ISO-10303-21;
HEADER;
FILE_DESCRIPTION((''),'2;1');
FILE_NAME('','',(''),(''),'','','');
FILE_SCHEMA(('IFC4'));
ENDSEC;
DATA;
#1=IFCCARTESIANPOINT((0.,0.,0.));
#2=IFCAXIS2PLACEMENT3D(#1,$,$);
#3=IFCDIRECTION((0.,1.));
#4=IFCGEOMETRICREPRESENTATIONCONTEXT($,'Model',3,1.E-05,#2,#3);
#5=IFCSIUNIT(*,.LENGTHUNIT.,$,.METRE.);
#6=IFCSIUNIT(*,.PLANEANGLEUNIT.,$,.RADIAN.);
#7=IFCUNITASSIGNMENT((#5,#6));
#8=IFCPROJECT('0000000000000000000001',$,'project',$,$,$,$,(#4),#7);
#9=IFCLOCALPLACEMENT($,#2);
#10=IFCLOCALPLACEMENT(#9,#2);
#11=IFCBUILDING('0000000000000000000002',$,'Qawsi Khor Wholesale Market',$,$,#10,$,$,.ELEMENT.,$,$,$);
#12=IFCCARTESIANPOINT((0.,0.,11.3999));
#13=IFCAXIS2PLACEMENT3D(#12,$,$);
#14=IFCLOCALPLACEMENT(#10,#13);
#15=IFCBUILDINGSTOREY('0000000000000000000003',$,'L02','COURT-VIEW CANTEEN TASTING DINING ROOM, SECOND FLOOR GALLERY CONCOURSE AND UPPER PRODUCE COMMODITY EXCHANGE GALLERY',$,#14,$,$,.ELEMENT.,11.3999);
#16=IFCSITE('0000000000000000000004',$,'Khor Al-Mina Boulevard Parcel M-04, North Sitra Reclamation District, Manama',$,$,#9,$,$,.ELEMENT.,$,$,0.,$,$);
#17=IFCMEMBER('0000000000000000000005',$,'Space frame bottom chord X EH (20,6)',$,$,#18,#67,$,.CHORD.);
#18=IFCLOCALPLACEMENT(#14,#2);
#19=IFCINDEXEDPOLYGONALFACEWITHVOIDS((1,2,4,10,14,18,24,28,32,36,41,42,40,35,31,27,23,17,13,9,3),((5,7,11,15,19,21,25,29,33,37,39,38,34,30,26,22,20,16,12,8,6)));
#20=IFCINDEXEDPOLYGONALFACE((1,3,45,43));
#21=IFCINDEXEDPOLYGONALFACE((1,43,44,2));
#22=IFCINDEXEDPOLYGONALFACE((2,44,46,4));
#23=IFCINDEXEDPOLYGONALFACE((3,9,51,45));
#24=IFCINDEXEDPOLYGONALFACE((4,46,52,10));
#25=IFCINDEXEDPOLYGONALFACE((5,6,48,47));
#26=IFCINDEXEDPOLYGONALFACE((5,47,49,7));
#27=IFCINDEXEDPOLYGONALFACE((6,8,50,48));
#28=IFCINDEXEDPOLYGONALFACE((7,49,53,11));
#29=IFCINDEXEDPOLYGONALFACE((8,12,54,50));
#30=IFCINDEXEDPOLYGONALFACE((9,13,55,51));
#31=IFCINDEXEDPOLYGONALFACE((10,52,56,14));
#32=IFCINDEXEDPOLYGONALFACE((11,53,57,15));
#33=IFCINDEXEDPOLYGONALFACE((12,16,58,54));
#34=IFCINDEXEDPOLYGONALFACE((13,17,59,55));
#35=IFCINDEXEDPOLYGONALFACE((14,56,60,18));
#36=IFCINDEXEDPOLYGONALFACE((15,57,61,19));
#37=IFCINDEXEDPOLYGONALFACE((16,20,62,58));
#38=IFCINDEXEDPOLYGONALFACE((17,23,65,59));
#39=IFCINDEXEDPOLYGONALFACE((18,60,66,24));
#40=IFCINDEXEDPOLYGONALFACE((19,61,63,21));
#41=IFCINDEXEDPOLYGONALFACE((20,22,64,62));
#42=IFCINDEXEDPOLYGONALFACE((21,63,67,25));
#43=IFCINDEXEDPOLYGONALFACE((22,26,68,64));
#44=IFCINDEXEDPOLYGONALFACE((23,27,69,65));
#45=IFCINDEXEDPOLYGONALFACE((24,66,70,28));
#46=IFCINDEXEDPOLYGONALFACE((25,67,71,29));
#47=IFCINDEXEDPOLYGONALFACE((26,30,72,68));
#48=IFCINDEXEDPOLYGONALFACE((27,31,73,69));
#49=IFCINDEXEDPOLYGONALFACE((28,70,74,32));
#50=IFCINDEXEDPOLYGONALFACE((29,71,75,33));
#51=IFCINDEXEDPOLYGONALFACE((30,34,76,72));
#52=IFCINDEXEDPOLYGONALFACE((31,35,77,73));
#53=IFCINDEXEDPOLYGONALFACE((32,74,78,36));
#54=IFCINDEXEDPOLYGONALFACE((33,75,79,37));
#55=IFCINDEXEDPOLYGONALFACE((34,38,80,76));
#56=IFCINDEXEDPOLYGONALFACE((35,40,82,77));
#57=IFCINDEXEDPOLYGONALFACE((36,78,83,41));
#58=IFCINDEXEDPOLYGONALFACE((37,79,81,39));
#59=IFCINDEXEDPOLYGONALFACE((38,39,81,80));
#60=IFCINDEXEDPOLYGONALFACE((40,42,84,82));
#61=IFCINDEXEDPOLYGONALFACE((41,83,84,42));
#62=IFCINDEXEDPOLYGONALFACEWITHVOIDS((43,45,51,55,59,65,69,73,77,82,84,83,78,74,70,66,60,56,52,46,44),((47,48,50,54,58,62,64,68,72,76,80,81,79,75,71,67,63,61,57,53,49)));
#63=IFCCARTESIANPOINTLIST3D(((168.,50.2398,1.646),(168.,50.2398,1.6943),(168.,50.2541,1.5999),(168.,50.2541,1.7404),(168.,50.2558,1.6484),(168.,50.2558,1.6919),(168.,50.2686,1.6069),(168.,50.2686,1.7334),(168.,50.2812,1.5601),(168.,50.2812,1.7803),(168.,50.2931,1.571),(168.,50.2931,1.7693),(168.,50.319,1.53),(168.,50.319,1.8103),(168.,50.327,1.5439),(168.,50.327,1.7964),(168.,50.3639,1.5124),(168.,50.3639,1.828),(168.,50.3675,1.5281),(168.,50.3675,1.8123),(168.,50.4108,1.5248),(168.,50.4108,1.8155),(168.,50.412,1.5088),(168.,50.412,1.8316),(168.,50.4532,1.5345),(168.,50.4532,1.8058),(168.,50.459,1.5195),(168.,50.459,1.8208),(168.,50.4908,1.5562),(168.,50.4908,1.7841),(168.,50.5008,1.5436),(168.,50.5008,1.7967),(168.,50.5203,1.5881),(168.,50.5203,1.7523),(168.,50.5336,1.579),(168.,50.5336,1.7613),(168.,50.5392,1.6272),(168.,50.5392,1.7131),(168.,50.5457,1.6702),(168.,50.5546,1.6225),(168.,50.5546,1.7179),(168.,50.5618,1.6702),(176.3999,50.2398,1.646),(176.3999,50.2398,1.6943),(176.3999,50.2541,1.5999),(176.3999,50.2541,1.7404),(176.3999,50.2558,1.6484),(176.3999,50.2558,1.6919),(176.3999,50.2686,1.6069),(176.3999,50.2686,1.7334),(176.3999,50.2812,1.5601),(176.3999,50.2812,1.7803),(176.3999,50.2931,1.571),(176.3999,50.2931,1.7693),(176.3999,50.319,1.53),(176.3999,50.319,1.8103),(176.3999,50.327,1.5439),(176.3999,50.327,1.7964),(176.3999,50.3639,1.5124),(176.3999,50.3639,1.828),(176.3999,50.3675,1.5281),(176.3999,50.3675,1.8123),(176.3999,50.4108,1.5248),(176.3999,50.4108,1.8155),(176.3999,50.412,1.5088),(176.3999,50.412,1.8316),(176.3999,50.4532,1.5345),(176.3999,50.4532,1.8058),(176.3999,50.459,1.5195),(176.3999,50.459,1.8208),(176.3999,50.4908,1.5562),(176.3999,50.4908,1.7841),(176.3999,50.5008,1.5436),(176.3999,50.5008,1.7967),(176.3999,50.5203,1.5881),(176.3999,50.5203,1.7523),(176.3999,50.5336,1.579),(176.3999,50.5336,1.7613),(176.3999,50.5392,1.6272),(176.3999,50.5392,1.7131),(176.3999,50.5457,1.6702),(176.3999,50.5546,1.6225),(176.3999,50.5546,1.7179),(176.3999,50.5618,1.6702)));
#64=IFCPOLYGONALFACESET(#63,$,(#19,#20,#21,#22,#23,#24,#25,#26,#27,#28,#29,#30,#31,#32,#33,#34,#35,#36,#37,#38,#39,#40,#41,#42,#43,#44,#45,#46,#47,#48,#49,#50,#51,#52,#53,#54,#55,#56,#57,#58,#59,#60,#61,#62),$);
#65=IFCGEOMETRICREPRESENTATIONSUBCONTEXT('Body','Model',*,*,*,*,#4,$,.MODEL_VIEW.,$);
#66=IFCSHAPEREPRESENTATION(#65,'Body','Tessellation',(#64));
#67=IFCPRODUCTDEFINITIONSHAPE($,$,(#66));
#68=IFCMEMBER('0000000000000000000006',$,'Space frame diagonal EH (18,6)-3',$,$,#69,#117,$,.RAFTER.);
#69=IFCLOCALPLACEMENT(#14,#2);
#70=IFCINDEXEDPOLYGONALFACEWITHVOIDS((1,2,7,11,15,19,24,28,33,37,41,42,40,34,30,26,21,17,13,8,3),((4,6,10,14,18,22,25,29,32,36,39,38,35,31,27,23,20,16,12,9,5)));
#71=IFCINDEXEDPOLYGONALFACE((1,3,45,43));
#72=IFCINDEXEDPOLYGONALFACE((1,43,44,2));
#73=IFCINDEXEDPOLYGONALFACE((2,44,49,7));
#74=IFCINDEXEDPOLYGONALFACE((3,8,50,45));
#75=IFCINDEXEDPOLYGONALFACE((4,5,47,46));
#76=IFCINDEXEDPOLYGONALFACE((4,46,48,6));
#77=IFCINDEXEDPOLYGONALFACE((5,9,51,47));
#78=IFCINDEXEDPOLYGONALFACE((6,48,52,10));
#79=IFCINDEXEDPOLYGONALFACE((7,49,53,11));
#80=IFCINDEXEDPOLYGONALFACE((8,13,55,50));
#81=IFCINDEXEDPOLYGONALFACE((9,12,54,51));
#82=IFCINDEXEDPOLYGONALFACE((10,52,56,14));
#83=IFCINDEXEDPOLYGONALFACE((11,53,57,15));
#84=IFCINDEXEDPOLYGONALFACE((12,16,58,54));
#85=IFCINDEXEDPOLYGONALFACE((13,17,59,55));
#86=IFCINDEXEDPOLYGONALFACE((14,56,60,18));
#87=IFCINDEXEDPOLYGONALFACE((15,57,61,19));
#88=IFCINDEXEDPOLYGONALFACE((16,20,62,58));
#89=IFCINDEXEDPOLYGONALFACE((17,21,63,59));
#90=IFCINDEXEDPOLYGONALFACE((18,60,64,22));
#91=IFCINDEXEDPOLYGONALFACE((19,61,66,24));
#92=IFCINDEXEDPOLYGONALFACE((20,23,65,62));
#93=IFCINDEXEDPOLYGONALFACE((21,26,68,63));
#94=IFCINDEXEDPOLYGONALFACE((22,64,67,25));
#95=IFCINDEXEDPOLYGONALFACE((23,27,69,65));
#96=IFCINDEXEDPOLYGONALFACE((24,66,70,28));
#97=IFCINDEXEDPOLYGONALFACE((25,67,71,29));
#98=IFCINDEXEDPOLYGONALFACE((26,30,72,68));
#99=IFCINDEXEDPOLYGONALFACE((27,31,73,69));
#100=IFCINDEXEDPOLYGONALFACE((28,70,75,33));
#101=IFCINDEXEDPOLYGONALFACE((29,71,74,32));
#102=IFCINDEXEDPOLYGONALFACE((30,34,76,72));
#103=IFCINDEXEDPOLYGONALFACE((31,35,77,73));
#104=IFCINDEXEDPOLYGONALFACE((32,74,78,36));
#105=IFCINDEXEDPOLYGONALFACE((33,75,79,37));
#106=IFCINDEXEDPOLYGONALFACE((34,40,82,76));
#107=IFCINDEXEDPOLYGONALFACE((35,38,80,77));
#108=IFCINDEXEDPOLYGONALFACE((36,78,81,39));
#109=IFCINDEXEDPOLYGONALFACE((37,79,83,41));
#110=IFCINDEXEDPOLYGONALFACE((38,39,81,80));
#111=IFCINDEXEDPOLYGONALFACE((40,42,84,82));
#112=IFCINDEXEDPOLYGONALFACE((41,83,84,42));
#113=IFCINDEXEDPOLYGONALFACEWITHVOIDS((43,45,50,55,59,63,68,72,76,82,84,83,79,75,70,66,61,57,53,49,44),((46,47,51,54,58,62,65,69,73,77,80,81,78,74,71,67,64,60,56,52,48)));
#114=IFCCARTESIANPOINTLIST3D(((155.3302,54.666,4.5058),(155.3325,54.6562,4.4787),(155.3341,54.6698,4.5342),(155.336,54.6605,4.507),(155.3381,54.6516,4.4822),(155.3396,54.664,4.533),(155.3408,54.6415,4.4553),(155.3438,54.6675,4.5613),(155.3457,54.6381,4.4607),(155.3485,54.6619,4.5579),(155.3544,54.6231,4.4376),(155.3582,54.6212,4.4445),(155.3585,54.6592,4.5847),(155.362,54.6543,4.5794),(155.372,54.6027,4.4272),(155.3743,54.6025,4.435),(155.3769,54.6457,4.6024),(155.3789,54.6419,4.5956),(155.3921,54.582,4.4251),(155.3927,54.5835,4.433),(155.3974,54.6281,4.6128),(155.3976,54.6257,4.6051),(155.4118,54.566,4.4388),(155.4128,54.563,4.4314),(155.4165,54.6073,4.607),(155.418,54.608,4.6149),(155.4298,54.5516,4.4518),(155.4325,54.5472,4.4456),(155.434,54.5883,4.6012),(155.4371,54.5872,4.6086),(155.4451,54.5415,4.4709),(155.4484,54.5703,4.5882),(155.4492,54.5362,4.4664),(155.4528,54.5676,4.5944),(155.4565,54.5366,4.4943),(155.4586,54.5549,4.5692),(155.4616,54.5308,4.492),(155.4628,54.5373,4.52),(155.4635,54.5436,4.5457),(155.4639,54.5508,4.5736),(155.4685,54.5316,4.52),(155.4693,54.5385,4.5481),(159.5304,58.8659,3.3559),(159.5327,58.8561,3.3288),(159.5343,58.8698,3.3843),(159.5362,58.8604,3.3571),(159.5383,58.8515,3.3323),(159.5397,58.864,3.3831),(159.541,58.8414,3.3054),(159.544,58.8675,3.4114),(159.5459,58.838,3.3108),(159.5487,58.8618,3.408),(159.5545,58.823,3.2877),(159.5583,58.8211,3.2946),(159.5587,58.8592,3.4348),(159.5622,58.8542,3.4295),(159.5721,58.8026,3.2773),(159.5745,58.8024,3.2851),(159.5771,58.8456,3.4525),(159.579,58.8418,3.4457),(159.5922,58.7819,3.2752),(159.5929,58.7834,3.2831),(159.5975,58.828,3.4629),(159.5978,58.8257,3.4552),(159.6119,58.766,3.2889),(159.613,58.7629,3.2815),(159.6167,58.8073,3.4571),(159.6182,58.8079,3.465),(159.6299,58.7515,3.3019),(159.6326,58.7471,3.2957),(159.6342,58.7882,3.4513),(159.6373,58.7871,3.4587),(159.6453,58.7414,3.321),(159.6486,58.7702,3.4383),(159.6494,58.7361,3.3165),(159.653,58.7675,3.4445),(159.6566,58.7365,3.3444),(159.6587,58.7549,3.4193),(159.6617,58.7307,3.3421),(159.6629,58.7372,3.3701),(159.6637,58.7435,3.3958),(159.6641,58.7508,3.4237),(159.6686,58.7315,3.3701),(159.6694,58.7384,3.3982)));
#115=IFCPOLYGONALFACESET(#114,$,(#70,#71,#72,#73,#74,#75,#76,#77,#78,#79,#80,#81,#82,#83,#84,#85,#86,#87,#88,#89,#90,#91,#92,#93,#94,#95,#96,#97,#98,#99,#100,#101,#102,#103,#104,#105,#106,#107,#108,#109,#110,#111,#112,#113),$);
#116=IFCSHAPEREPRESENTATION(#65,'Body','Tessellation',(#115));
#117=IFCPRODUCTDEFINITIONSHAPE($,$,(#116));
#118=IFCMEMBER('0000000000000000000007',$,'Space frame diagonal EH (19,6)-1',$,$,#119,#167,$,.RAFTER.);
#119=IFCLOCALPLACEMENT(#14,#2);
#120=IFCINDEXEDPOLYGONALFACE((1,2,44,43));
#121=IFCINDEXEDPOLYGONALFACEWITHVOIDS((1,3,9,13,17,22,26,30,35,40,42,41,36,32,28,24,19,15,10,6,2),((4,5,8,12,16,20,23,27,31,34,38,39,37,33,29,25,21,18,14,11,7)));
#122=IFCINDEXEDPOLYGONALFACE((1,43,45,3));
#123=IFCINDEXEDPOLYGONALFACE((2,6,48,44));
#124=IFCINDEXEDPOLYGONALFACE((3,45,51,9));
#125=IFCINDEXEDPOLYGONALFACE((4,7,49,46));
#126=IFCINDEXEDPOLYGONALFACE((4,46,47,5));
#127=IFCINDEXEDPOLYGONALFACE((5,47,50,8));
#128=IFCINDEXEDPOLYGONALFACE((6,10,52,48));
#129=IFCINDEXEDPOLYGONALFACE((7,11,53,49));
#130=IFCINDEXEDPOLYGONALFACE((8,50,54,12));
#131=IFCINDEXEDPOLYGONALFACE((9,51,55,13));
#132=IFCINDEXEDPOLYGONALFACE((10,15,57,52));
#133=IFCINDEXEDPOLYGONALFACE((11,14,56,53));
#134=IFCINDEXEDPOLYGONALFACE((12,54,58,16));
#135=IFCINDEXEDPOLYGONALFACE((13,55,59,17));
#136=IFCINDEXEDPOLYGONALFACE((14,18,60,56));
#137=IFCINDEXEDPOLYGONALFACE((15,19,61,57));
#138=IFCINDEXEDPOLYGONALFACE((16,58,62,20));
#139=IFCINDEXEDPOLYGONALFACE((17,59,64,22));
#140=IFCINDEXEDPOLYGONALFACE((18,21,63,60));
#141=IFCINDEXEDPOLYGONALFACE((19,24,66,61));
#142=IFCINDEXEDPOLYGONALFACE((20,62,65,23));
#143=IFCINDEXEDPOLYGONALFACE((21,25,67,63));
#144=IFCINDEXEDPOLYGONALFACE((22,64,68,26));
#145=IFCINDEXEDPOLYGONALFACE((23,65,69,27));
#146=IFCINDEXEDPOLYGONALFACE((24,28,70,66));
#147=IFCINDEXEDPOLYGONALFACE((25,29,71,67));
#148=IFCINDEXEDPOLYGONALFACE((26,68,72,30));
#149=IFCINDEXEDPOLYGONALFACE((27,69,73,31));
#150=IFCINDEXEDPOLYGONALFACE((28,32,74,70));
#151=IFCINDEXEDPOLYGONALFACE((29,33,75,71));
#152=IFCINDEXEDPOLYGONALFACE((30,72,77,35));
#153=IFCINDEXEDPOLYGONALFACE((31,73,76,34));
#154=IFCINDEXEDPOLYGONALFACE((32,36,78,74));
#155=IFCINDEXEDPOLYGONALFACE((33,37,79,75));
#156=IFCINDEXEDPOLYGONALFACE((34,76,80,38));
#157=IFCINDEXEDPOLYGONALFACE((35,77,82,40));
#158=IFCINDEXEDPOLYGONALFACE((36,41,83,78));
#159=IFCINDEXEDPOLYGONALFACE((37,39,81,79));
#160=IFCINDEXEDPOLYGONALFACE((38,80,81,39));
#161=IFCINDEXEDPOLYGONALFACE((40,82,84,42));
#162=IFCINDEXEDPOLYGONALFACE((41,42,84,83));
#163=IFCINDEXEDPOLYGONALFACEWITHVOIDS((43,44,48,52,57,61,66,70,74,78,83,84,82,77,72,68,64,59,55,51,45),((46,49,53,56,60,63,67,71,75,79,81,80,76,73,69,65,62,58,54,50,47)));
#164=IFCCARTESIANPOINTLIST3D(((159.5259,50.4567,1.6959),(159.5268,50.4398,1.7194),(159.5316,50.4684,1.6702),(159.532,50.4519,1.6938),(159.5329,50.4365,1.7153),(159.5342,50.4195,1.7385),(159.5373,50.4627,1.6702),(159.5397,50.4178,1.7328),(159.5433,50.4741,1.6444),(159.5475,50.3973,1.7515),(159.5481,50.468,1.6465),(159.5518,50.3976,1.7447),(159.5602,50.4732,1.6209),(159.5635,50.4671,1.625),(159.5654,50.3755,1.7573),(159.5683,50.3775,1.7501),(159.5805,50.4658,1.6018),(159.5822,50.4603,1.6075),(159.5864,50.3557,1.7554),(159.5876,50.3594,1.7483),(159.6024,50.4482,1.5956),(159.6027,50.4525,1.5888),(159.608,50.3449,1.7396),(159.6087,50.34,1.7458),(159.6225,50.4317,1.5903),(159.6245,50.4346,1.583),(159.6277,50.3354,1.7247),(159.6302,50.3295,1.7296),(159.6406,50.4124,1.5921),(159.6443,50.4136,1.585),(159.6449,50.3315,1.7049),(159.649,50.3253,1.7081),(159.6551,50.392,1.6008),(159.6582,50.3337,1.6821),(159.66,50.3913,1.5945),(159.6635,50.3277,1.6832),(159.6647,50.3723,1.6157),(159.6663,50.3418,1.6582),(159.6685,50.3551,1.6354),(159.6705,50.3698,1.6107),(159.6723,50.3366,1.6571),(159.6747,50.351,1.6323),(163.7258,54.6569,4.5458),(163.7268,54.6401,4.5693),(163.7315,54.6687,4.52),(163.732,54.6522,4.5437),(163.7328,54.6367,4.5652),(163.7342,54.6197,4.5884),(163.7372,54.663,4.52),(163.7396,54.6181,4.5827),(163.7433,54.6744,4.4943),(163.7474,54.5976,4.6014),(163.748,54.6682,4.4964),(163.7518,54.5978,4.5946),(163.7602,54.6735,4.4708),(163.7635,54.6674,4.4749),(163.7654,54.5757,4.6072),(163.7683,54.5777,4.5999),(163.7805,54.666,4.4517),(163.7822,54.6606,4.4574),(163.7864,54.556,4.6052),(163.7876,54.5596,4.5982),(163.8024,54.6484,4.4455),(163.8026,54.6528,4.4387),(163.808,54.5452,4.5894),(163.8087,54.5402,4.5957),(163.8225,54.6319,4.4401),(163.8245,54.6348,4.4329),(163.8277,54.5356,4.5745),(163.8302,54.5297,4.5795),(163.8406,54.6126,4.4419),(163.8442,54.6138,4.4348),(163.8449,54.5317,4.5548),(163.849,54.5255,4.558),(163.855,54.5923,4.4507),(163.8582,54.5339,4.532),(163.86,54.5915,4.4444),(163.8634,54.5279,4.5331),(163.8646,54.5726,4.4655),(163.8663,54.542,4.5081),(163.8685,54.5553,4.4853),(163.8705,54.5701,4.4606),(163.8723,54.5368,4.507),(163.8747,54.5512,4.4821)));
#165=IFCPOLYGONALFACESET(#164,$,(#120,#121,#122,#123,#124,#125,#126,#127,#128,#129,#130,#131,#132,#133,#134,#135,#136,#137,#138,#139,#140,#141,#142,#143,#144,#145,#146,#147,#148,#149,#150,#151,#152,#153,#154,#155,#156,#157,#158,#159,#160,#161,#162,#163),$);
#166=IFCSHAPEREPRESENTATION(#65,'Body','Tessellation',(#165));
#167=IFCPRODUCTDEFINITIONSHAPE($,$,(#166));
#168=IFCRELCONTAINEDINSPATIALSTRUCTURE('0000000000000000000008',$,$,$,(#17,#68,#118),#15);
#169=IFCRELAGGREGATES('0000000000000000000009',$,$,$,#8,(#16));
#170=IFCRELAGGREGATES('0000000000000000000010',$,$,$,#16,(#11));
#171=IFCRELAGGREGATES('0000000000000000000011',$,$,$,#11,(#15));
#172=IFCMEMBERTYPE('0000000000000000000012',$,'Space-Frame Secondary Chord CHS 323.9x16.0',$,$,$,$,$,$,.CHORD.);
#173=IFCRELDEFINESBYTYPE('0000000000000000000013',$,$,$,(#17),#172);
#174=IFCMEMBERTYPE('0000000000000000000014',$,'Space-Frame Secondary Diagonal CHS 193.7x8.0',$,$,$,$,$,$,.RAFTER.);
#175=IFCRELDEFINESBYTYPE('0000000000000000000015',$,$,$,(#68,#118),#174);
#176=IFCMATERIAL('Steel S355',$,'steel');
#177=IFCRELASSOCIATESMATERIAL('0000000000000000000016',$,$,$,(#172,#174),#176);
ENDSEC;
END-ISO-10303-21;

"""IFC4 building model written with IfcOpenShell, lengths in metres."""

from ifc_helpers import new_model, si_unit, direction, frame, origin, origin_2d, place, context, subcontext, project, spatial, hollow_circle, extrude, material, material_profile, profile_set, type_object, element, save


model = new_model("IFC4")

# Units and contexts
model_context = context("Model", 3, precision=1e-05, world=origin(), true_north=direction((0.0, 1.0)))
body_context = subcontext(model_context, "Body", "Model", "MODEL_VIEW")
ifc_project = project(units=[si_unit("LENGTHUNIT", "METRE"), si_unit("PLANEANGLEUNIT", "RADIAN")], contexts=[model_context])

# Site, building, storey
site_placement = place(None, origin())
site = spatial("IfcSite", under=ifc_project, at=site_placement, Name="Khor Al-Mina Boulevard Parcel M-04, North Sitra Reclamation District, Manama", CompositionType="ELEMENT", RefElevation=0.0)
building_placement = place(site_placement, origin())
building = spatial("IfcBuilding", under=site, at=building_placement, Name="Qawsi Khor Wholesale Market", CompositionType="ELEMENT")
storey_placement = place(building_placement, frame((0.0, 0.0, 11.3999)))
storey = spatial("IfcBuildingStorey", under=building, at=storey_placement, Name="L02", Description="COURT-VIEW CANTEEN TASTING DINING ROOM, SECOND FLOOR GALLERY CONCOURSE AND UPPER PRODUCE COMMODITY EXCHANGE GALLERY", CompositionType="ELEMENT", Elevation=11.3999)

# Members
ifc_material_1 = material(Name="Steel S355", Category="steel")
ifc_material_profile_1 = material_profile(ifc_material_1, hollow_circle(Radius=0.1619, WallThickness=0.0161, at=origin_2d()), Name="CHS 323.9x16.0")
ifc_profile_set_1 = profile_set([ifc_material_profile_1], Name="Steel S355")
member_type_1 = type_object("IfcMemberType", Name="Space-Frame Secondary Chord CHS 323.9x16.0", PredefinedType="CHORD", material=ifc_profile_set_1)
for number, where, z_axis, x_axis, name in (
    (1, (168.0, 50.3999, 1.6702), (1.0, 0.0, 0.0), (0.0, 1.0, 0.0), "Space frame bottom chord X EH (20,6)"),
):
    element("IfcMember", number, at=place(storey_placement, frame(where, z_axis=z_axis, x_axis=x_axis)), inside=storey, type_object=member_type_1, Name=name, PredefinedType="CHORD", context=body_context, shape_type="SweptSolid", body=[
        extrude(hollow_circle(Radius=0.1619, WallThickness=0.0161, at=origin_2d()), origin(), (0.0, 0.0, 1.0), 8.3999),
    ])
ifc_material_profile_2 = material_profile(ifc_material_1, hollow_circle(Radius=0.0969, WallThickness=0.0081, at=origin_2d()), Name="CHS 193.7x8.0")
ifc_profile_set_2 = profile_set([ifc_material_profile_2], Name="Steel S355")
member_type_2 = type_object("IfcMemberType", Name="Space-Frame Secondary Diagonal CHS 193.7x8.0", PredefinedType="RAFTER", material=ifc_profile_set_2)
member_1_placement = place(storey_placement, frame((159.6001, 58.8, 3.3701), z_axis=(-0.694238, -0.694197, 0.190064), x_axis=(0.707086, -0.707127, 0.0)))
element("IfcMember", 2, at=member_1_placement, inside=storey, type_object=member_type_2, Name="Space frame diagonal EH (18,6)-3", PredefinedType="RAFTER", context=body_context, shape_type="SweptSolid", body=[
    extrude(hollow_circle(Radius=0.0969, WallThickness=0.0081, at=origin_2d()), origin(), (0.0, 0.0, 1.0), 6.05),
])
for number, where, z_axis, x_axis, name in (
    (3, (159.6001, 50.3999, 1.6702), (0.637507, 0.637544, 0.432577), (-0.707127, 0.707086, 0.0), "Space frame diagonal EH (19,6)-1"),
):
    element("IfcMember", number, at=place(storey_placement, frame(where, z_axis=z_axis, x_axis=x_axis)), inside=storey, type_object=member_type_2, Name=name, PredefinedType="RAFTER", context=body_context, shape_type="SweptSolid", body=[
        extrude(hollow_circle(Radius=0.0969, WallThickness=0.0081, at=origin_2d()), origin(), (0.0, 0.0, 1.0), 6.5881),
    ])

save(model, "model.ifc")
